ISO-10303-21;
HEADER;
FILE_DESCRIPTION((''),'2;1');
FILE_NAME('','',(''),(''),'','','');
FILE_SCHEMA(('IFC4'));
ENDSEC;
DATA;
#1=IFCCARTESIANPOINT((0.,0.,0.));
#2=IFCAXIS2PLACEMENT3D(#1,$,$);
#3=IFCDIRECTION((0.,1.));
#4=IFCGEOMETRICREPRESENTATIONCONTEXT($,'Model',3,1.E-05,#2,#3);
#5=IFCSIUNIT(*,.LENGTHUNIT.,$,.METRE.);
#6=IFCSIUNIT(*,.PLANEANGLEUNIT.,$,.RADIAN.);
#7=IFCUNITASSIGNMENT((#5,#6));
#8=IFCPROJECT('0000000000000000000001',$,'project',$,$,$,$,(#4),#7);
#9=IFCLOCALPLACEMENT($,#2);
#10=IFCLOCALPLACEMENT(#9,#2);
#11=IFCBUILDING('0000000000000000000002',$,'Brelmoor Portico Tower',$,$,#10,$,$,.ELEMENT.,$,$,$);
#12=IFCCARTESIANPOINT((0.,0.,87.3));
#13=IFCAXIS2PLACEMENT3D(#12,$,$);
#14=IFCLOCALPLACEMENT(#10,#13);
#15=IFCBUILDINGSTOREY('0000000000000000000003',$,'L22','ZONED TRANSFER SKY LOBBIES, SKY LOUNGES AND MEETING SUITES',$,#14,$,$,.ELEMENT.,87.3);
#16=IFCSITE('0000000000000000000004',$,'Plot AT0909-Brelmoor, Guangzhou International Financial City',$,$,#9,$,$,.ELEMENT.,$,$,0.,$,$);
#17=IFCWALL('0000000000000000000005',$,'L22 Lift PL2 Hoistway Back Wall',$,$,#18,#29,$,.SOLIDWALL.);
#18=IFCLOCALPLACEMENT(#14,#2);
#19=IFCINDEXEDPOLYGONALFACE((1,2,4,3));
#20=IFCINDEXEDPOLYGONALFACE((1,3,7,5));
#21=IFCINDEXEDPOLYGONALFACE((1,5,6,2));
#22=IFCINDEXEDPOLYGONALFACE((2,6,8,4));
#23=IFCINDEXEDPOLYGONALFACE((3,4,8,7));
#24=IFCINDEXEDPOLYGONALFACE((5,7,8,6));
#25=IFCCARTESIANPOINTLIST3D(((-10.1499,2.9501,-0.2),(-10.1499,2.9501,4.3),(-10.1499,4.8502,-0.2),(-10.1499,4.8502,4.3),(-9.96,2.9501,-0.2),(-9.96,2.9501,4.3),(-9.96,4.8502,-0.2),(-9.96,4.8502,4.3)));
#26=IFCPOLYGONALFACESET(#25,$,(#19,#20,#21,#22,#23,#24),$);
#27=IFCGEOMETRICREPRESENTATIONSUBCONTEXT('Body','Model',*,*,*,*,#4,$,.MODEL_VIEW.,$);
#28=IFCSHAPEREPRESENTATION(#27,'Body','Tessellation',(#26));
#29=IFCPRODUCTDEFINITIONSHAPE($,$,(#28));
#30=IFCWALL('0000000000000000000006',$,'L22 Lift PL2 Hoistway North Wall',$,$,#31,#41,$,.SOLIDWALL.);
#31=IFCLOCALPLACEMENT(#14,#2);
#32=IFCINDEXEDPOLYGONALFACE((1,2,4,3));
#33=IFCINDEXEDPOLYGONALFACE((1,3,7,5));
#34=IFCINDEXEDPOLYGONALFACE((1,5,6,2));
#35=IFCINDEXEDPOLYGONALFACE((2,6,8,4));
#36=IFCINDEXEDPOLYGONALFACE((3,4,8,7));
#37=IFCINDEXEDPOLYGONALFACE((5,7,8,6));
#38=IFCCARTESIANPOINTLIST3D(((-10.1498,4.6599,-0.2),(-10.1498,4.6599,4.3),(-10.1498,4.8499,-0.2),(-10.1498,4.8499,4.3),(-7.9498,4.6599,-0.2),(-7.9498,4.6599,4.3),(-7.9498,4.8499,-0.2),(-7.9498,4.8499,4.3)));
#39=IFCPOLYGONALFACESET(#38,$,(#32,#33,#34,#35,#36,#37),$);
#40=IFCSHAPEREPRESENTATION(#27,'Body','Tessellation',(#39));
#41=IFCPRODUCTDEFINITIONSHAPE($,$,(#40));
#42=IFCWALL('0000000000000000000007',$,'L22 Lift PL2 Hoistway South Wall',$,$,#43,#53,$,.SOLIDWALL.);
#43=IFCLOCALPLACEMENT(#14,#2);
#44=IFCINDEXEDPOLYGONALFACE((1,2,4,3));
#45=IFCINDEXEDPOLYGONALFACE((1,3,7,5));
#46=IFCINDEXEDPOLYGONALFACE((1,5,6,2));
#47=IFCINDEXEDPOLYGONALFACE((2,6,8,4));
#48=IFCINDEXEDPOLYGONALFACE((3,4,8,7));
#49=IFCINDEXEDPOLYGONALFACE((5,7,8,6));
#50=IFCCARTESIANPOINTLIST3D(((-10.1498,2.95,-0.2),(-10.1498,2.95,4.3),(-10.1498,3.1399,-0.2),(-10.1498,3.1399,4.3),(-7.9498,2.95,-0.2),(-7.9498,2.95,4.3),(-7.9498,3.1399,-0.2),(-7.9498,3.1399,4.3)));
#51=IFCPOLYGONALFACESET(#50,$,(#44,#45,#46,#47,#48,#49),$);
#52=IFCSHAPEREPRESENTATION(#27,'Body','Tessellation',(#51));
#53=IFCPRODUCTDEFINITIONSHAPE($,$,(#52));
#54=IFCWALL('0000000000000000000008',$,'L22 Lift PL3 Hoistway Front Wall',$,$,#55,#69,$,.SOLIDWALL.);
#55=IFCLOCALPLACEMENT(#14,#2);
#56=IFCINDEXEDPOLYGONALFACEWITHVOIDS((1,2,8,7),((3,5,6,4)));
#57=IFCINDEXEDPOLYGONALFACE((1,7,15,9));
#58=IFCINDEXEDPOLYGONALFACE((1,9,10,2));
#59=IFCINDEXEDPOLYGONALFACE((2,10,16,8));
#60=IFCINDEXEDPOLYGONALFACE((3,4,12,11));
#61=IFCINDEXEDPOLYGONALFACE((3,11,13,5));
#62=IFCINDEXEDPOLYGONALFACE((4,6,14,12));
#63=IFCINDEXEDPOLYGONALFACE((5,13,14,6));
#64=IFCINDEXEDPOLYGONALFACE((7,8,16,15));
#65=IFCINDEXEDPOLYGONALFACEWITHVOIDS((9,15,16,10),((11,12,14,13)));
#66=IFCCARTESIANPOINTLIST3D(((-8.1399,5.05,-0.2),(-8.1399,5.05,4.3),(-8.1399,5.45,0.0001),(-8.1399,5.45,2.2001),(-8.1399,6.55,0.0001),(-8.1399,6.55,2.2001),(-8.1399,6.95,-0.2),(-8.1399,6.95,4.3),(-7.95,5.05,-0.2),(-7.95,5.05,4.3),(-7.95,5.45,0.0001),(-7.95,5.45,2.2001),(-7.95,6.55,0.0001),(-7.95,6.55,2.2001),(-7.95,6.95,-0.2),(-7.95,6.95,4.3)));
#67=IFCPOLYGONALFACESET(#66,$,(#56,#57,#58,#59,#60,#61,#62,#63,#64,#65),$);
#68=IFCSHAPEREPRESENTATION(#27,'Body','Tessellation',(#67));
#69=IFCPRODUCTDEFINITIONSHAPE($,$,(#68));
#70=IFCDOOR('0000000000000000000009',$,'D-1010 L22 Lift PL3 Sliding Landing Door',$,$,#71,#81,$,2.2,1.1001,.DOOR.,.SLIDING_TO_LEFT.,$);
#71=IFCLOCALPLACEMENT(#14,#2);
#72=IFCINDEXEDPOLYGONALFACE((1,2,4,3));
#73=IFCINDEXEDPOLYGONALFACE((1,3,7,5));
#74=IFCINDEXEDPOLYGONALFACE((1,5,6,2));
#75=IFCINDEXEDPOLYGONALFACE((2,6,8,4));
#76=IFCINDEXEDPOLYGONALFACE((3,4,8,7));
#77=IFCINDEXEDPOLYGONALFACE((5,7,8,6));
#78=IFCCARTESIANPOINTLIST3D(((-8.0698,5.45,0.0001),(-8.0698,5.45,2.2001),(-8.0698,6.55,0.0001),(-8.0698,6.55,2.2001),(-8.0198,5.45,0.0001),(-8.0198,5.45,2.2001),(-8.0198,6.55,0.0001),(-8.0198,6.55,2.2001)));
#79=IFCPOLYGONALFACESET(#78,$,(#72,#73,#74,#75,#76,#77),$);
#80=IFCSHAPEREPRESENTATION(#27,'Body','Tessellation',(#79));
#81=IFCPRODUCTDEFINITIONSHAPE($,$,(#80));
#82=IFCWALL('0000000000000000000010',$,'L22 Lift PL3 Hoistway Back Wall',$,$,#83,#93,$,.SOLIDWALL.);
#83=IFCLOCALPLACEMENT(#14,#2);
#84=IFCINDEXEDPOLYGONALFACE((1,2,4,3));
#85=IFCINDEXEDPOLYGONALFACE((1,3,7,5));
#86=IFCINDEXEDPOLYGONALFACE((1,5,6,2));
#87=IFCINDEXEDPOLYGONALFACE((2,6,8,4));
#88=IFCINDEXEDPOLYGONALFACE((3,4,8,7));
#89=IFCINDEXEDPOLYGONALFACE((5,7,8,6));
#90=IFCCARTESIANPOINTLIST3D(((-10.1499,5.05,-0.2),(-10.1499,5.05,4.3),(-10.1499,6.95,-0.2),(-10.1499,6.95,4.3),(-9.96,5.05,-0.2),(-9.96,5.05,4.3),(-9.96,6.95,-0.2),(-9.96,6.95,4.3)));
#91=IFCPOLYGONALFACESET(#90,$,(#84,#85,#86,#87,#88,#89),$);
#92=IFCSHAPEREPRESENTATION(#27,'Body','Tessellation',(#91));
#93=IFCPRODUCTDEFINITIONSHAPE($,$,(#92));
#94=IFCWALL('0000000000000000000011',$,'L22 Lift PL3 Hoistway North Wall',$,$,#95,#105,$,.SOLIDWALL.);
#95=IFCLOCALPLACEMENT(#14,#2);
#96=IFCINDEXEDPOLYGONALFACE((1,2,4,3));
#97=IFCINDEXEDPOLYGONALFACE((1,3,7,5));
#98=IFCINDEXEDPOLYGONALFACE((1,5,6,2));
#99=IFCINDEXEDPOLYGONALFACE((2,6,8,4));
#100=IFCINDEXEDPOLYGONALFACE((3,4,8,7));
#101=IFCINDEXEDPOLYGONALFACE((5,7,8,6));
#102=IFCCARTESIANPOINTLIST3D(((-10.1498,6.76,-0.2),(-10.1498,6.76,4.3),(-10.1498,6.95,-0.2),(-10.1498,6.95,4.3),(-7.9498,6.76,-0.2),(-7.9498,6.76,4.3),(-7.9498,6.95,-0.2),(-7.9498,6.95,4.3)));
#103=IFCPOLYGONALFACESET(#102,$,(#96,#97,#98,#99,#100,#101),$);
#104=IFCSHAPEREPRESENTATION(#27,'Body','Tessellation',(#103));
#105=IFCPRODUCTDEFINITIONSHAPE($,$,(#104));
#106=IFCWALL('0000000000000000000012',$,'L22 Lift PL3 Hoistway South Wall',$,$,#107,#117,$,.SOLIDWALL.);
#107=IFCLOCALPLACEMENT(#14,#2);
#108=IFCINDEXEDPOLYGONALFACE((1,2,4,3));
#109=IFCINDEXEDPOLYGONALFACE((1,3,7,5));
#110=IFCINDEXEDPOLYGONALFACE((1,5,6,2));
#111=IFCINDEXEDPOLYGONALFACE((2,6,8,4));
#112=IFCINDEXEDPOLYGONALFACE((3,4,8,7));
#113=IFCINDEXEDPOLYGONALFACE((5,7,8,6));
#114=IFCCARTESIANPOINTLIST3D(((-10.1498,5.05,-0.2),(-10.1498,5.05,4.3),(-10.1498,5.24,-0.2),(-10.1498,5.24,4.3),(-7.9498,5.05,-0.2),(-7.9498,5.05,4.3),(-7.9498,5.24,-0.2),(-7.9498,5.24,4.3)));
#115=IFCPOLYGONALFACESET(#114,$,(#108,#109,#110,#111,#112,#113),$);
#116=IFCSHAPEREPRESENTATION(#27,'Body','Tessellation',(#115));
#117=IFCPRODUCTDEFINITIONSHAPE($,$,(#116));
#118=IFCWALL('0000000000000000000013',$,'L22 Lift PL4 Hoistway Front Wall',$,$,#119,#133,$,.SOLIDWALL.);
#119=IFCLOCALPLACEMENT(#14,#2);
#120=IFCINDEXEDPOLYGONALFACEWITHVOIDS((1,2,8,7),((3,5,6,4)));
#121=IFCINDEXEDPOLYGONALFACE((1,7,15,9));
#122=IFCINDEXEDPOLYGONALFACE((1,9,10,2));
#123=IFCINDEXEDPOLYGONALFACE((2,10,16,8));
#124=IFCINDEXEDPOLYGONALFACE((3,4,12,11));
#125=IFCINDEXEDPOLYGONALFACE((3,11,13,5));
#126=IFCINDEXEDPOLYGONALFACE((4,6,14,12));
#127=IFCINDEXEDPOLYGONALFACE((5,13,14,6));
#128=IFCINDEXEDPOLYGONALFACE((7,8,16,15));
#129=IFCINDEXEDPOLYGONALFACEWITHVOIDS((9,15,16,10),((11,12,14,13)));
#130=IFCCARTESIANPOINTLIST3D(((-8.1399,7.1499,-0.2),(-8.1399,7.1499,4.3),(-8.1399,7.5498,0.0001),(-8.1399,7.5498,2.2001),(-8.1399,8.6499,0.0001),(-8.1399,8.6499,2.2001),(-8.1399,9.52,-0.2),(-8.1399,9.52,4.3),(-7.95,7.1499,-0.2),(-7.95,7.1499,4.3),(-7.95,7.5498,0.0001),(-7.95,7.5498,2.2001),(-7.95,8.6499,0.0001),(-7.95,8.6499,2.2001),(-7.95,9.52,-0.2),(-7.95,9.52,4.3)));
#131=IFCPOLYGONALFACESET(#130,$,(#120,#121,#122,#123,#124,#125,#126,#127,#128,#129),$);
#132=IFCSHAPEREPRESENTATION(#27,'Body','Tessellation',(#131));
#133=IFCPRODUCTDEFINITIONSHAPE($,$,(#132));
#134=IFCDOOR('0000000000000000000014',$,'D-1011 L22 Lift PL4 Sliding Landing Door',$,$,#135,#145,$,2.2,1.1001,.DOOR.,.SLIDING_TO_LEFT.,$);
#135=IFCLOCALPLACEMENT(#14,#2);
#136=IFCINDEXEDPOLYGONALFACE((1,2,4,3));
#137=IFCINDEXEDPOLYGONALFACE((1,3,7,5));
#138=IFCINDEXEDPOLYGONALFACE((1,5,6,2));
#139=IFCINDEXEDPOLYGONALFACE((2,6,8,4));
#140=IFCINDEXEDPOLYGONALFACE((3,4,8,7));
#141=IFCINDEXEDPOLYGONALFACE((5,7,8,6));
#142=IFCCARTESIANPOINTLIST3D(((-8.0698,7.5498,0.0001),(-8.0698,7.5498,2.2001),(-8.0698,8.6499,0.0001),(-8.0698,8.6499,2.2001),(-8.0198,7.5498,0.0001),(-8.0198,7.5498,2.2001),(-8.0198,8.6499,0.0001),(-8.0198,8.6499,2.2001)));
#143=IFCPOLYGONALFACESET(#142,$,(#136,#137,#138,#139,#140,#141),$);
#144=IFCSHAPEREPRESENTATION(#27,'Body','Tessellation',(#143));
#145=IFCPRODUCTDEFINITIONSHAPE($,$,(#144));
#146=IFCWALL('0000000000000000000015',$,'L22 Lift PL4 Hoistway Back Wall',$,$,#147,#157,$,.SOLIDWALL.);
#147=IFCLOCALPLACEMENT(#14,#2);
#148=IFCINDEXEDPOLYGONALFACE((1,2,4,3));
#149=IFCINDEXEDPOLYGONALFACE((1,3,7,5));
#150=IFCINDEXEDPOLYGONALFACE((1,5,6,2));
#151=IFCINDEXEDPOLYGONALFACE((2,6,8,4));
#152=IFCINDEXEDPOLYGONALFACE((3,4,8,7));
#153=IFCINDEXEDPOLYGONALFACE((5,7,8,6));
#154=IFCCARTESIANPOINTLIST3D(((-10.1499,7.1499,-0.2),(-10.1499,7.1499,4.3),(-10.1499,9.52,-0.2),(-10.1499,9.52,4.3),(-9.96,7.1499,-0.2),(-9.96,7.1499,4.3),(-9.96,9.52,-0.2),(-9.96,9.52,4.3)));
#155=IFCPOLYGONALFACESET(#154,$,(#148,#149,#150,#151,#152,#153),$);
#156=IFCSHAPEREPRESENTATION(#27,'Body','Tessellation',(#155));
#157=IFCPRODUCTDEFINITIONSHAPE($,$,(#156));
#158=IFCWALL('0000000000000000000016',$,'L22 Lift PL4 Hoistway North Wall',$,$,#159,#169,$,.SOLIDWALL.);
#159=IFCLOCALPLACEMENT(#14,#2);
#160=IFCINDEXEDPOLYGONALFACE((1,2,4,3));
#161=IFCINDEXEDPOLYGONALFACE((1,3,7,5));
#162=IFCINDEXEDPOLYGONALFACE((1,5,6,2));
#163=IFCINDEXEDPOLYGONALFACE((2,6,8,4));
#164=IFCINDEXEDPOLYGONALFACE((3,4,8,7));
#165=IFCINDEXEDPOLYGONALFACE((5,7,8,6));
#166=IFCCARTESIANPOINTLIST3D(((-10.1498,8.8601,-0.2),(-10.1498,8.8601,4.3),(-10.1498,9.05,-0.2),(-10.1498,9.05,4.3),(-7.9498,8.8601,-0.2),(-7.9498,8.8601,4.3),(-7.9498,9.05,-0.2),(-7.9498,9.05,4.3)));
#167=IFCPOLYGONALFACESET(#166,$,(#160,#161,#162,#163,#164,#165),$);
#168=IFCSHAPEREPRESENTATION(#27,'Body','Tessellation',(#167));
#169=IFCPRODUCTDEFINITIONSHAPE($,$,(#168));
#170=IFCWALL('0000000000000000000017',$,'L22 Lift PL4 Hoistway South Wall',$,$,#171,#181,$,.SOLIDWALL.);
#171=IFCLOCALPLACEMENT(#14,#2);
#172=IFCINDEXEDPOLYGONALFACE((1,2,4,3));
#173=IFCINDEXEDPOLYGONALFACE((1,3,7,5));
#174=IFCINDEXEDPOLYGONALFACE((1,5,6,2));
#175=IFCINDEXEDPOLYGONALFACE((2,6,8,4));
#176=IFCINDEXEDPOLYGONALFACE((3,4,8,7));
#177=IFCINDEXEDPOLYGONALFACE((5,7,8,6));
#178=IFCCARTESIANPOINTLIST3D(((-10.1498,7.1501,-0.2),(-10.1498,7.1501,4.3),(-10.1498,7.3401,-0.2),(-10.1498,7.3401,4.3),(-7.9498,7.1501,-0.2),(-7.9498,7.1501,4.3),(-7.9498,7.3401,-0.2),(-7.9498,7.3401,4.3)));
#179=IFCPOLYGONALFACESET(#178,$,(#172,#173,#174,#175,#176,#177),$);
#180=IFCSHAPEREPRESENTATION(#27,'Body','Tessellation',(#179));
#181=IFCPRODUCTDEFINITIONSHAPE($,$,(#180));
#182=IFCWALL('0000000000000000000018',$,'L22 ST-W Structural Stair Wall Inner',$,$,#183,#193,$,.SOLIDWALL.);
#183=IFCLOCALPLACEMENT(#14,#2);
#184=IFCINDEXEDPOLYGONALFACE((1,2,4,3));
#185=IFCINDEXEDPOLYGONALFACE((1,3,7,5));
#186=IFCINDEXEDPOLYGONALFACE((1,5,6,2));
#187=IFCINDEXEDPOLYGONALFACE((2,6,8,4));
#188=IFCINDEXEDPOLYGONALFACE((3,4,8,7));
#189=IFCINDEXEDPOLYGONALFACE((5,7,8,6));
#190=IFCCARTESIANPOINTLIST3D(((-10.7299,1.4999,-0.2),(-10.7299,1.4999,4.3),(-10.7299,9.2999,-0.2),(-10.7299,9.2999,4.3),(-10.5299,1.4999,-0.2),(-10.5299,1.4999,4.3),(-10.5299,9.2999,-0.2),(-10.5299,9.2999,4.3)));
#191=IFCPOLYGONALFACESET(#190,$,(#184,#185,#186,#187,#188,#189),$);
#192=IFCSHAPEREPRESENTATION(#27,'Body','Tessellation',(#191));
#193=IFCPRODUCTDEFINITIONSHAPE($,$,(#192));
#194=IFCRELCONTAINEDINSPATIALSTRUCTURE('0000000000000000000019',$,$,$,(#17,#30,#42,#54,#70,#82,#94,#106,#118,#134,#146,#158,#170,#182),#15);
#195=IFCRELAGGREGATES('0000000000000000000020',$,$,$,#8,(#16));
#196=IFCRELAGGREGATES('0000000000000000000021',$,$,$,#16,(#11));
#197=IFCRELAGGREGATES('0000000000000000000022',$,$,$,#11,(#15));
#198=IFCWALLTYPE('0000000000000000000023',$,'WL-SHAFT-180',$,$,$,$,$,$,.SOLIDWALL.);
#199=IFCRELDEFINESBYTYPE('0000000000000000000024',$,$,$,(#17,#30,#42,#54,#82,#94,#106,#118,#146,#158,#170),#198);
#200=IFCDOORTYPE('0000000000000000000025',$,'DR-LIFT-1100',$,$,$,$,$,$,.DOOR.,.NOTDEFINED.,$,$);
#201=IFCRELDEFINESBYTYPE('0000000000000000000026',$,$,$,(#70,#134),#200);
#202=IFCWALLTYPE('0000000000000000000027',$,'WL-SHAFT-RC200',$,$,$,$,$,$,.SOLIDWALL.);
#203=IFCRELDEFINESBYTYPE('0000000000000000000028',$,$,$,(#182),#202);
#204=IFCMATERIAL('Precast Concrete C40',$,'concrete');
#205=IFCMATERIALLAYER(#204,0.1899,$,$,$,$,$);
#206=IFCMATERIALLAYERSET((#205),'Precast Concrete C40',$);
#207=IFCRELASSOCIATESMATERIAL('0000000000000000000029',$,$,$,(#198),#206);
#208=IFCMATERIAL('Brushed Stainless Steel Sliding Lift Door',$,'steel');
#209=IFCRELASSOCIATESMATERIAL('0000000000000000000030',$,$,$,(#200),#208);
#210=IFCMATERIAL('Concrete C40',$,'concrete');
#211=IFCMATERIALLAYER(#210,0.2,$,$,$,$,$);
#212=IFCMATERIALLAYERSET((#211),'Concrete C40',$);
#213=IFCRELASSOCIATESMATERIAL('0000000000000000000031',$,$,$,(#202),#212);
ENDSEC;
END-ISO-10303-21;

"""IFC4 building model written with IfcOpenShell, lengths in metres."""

from ifc_helpers import new_model, si_unit, direction, frame, frame_2d, origin, place, context, subcontext, project, spatial, rectangle, extrude, material, layer, layer_set, type_object, element, fill, save


model = new_model("IFC4")

# Units and contexts
model_context = context("Model", 3, precision=1e-05, world=origin(), true_north=direction((0.0, 1.0)))
body_context = subcontext(model_context, "Body", "Model", "MODEL_VIEW")
ifc_project = project(units=[si_unit("LENGTHUNIT", "METRE"), si_unit("PLANEANGLEUNIT", "RADIAN")], contexts=[model_context])

# Site, building, storey
site_placement = place(None, origin())
site = spatial("IfcSite", under=ifc_project, at=site_placement, Name="Plot AT0909-Brelmoor, Guangzhou International Financial City", CompositionType="ELEMENT", RefElevation=0.0)
building_placement = place(site_placement, origin())
building = spatial("IfcBuilding", under=site, at=building_placement, Name="Brelmoor Portico Tower", CompositionType="ELEMENT")
storey_placement = place(building_placement, frame((0.0, 0.0, 87.3)))
storey = spatial("IfcBuildingStorey", under=building, at=storey_placement, Name="L22", Description="ZONED TRANSFER SKY LOBBIES, SKY LOUNGES AND MEETING SUITES", CompositionType="ELEMENT", Elevation=87.3)

# Shared definitions
ifc_material_1 = material(Name="Precast Concrete C40", Category="concrete")
ifc_layer_1 = layer(ifc_material_1, 0.1899)
ifc_layer_set_1 = layer_set([ifc_layer_1], Name="Precast Concrete C40")
wall_type_1 = type_object("IfcWallType", Name="WL-SHAFT-180", PredefinedType="SOLIDWALL", material=ifc_layer_set_1)
ifc_material_2 = material(Name="Brushed Stainless Steel Sliding Lift Door", Category="steel")
door_type = type_object("IfcDoorType", Name="DR-LIFT-1100", OperationType="NOTDEFINED", PredefinedType="DOOR", material=ifc_material_2)

# Walls
wall_1_placement = place(storey_placement, frame((-10.0549, 2.95, -0.2), z_axis=(0.0, 0.0, 1.0), x_axis=(0.0, 1.0, 0.0)))
element("IfcWall", 1, at=wall_1_placement, inside=storey, type_object=wall_type_1, Name="L22 Lift PL2 Hoistway Back Wall", PredefinedType="SOLIDWALL", context=body_context, shape_type="SweptSolid", body=[
    extrude(rectangle(XDim=1.9001, YDim=0.1899, at=frame_2d((0.9502, 0.0))), origin(), (0.0, 0.0, 1.0), 4.5),
])
for number, where, z_axis, x_axis, name in (
    (2, (-10.1499, 4.7549, -0.2), (0.0, 0.0, 1.0), (1.0, 0.0, 0.0), "L22 Lift PL2 Hoistway North Wall"),
    (3, (-10.1499, 3.0449, -0.2), (0.0, 0.0, 1.0), (1.0, 0.0, 0.0), "L22 Lift PL2 Hoistway South Wall"),
):
    element("IfcWall", number, at=place(storey_placement, frame(where, z_axis=z_axis, x_axis=x_axis)), inside=storey, type_object=wall_type_1, Name=name, PredefinedType="SOLIDWALL", context=body_context, shape_type="SweptSolid", body=[
        extrude(rectangle(XDim=2.2, YDim=0.1899, at=frame_2d((1.1001, 0.0))), origin(), (0.0, 0.0, 1.0), 4.5),
    ])

# Wall, opening, door
wall_2_placement = place(storey_placement, frame((-8.0449, 5.05, -0.2), z_axis=(0.0, 0.0, 1.0), x_axis=(0.0, 1.0, 0.0)))
wall_2 = element("IfcWall", 4, at=wall_2_placement, inside=storey, type_object=wall_type_1, Name="L22 Lift PL3 Hoistway Front Wall", PredefinedType="SOLIDWALL", context=body_context, shape_type="SweptSolid", body=[
    extrude(rectangle(XDim=1.8999, YDim=0.1899, at=frame_2d((0.95, 0.0))), origin(), (0.0, 0.0, 1.0), 4.5),
])
opening_1_placement = place(wall_2_placement, frame((0.3999, 0.0, 0.2)))
opening_1 = element("IfcOpeningElement", 5, at=opening_1_placement, cuts=wall_2, PredefinedType="OPENING", context=body_context, shape_type="SweptSolid", body=[
    extrude(rectangle(XDim=1.1001, YDim=2.2, at=frame_2d((0.55, 1.1001))), frame((0.0, 0.105, 0.0), z_axis=(0.0, -1.0, 0.0), x_axis=(1.0, 0.0, 0.0)), (0.0, 0.0, 1.0), 0.21),
])
door_1_placement = place(opening_1_placement, origin())
door_1 = element("IfcDoor", 6, at=door_1_placement, inside=storey, type_object=door_type, Name="D-1010 L22 Lift PL3 Sliding Landing Door", OperationType="SLIDING_TO_LEFT", OverallHeight=2.2, OverallWidth=1.1001, PredefinedType="DOOR", context=body_context, shape_type="SweptSolid", body=[
    extrude(rectangle(XDim=1.1001, YDim=2.2, at=frame_2d((0.55, 1.1001))), frame((0.0, 0.0249, 0.0), z_axis=(0.0, -1.0, 0.0), x_axis=(1.0, 0.0, 0.0)), (0.0, 0.0, 1.0), 0.05),
])
fill(opening_1, door_1)

# Walls
wall_3_placement = place(storey_placement, frame((-10.0549, 5.05, -0.2), z_axis=(0.0, 0.0, 1.0), x_axis=(0.0, 1.0, 0.0)))
element("IfcWall", 7, at=wall_3_placement, inside=storey, type_object=wall_type_1, Name="L22 Lift PL3 Hoistway Back Wall", PredefinedType="SOLIDWALL", context=body_context, shape_type="SweptSolid", body=[
    extrude(rectangle(XDim=1.8999, YDim=0.1899, at=frame_2d((0.95, 0.0))), origin(), (0.0, 0.0, 1.0), 4.5),
])
for number, where, z_axis, x_axis, name in (
    (8, (-10.1499, 6.855, -0.2), (0.0, 0.0, 1.0), (1.0, 0.0, 0.0), "L22 Lift PL3 Hoistway North Wall"),
    (9, (-10.1499, 5.145, -0.2), (0.0, 0.0, 1.0), (1.0, 0.0, 0.0), "L22 Lift PL3 Hoistway South Wall"),
):
    element("IfcWall", number, at=place(storey_placement, frame(where, z_axis=z_axis, x_axis=x_axis)), inside=storey, type_object=wall_type_1, Name=name, PredefinedType="SOLIDWALL", context=body_context, shape_type="SweptSolid", body=[
        extrude(rectangle(XDim=2.2, YDim=0.1899, at=frame_2d((1.1001, 0.0))), origin(), (0.0, 0.0, 1.0), 4.5),
    ])

# Wall, opening, door
wall_4_placement = place(storey_placement, frame((-8.0449, 7.1499, -0.2), z_axis=(0.0, 0.0, 1.0), x_axis=(0.0, 1.0, 0.0)))
wall_4 = element("IfcWall", 10, at=wall_4_placement, inside=storey, type_object=wall_type_1, Name="L22 Lift PL4 Hoistway Front Wall", PredefinedType="SOLIDWALL", context=body_context, shape_type="SweptSolid", body=[
    extrude(rectangle(XDim=2.3701, YDim=0.1899, at=frame_2d((1.1851, 0.0))), origin(), (0.0, 0.0, 1.0), 4.5),
])
opening_2_placement = place(wall_4_placement, frame((0.3999, 0.0, 0.2)))
opening_2 = element("IfcOpeningElement", 11, at=opening_2_placement, cuts=wall_4, PredefinedType="OPENING", context=body_context, shape_type="SweptSolid", body=[
    extrude(rectangle(XDim=1.1001, YDim=2.2, at=frame_2d((0.55, 1.1001))), frame((0.0, 0.105, 0.0), z_axis=(0.0, -1.0, 0.0), x_axis=(1.0, 0.0, 0.0)), (0.0, 0.0, 1.0), 0.21),
])
door_2_placement = place(opening_2_placement, origin())
door_2 = element("IfcDoor", 12, at=door_2_placement, inside=storey, type_object=door_type, Name="D-1011 L22 Lift PL4 Sliding Landing Door", OperationType="SLIDING_TO_LEFT", OverallHeight=2.2, OverallWidth=1.1001, PredefinedType="DOOR", context=body_context, shape_type="SweptSolid", body=[
    extrude(rectangle(XDim=1.1001, YDim=2.2, at=frame_2d((0.55, 1.1001))), frame((0.0, 0.0249, 0.0), z_axis=(0.0, -1.0, 0.0), x_axis=(1.0, 0.0, 0.0)), (0.0, 0.0, 1.0), 0.05),
])
fill(opening_2, door_2)

# Walls
wall_5_placement = place(storey_placement, frame((-10.0549, 7.1499, -0.2), z_axis=(0.0, 0.0, 1.0), x_axis=(0.0, 1.0, 0.0)))
element("IfcWall", 13, at=wall_5_placement, inside=storey, type_object=wall_type_1, Name="L22 Lift PL4 Hoistway Back Wall", PredefinedType="SOLIDWALL", context=body_context, shape_type="SweptSolid", body=[
    extrude(rectangle(XDim=2.3701, YDim=0.1899, at=frame_2d((1.1851, 0.0))), origin(), (0.0, 0.0, 1.0), 4.5),
])
for number, where, z_axis, x_axis, name in (
    (14, (-10.1499, 8.9551, -0.2), (0.0, 0.0, 1.0), (1.0, 0.0, 0.0), "L22 Lift PL4 Hoistway North Wall"),
    (15, (-10.1499, 7.2451, -0.2), (0.0, 0.0, 1.0), (1.0, 0.0, 0.0), "L22 Lift PL4 Hoistway South Wall"),
):
    element("IfcWall", number, at=place(storey_placement, frame(where, z_axis=z_axis, x_axis=x_axis)), inside=storey, type_object=wall_type_1, Name=name, PredefinedType="SOLIDWALL", context=body_context, shape_type="SweptSolid", body=[
        extrude(rectangle(XDim=2.2, YDim=0.1899, at=frame_2d((1.1001, 0.0))), origin(), (0.0, 0.0, 1.0), 4.5),
    ])
ifc_material_3 = material(Name="Concrete C40", Category="concrete")
ifc_layer_2 = layer(ifc_material_3, 0.2)
ifc_layer_set_2 = layer_set([ifc_layer_2], Name="Concrete C40")
wall_type_2 = type_object("IfcWallType", Name="WL-SHAFT-RC200", PredefinedType="SOLIDWALL", material=ifc_layer_set_2)
wall_6_placement = place(storey_placement, frame((-10.6299, 1.5, -0.2), z_axis=(0.0, 0.0, 1.0), x_axis=(0.0, 1.0, 0.0)))
element("IfcWall", 16, at=wall_6_placement, inside=storey, type_object=wall_type_2, Name="L22 ST-W Structural Stair Wall Inner", PredefinedType="SOLIDWALL", context=body_context, shape_type="SweptSolid", body=[
    extrude(rectangle(XDim=7.8, YDim=0.2, at=frame_2d((3.8999, 0.0))), origin(), (0.0, 0.0, 1.0), 4.5),
])

save(model, "model.ifc")
